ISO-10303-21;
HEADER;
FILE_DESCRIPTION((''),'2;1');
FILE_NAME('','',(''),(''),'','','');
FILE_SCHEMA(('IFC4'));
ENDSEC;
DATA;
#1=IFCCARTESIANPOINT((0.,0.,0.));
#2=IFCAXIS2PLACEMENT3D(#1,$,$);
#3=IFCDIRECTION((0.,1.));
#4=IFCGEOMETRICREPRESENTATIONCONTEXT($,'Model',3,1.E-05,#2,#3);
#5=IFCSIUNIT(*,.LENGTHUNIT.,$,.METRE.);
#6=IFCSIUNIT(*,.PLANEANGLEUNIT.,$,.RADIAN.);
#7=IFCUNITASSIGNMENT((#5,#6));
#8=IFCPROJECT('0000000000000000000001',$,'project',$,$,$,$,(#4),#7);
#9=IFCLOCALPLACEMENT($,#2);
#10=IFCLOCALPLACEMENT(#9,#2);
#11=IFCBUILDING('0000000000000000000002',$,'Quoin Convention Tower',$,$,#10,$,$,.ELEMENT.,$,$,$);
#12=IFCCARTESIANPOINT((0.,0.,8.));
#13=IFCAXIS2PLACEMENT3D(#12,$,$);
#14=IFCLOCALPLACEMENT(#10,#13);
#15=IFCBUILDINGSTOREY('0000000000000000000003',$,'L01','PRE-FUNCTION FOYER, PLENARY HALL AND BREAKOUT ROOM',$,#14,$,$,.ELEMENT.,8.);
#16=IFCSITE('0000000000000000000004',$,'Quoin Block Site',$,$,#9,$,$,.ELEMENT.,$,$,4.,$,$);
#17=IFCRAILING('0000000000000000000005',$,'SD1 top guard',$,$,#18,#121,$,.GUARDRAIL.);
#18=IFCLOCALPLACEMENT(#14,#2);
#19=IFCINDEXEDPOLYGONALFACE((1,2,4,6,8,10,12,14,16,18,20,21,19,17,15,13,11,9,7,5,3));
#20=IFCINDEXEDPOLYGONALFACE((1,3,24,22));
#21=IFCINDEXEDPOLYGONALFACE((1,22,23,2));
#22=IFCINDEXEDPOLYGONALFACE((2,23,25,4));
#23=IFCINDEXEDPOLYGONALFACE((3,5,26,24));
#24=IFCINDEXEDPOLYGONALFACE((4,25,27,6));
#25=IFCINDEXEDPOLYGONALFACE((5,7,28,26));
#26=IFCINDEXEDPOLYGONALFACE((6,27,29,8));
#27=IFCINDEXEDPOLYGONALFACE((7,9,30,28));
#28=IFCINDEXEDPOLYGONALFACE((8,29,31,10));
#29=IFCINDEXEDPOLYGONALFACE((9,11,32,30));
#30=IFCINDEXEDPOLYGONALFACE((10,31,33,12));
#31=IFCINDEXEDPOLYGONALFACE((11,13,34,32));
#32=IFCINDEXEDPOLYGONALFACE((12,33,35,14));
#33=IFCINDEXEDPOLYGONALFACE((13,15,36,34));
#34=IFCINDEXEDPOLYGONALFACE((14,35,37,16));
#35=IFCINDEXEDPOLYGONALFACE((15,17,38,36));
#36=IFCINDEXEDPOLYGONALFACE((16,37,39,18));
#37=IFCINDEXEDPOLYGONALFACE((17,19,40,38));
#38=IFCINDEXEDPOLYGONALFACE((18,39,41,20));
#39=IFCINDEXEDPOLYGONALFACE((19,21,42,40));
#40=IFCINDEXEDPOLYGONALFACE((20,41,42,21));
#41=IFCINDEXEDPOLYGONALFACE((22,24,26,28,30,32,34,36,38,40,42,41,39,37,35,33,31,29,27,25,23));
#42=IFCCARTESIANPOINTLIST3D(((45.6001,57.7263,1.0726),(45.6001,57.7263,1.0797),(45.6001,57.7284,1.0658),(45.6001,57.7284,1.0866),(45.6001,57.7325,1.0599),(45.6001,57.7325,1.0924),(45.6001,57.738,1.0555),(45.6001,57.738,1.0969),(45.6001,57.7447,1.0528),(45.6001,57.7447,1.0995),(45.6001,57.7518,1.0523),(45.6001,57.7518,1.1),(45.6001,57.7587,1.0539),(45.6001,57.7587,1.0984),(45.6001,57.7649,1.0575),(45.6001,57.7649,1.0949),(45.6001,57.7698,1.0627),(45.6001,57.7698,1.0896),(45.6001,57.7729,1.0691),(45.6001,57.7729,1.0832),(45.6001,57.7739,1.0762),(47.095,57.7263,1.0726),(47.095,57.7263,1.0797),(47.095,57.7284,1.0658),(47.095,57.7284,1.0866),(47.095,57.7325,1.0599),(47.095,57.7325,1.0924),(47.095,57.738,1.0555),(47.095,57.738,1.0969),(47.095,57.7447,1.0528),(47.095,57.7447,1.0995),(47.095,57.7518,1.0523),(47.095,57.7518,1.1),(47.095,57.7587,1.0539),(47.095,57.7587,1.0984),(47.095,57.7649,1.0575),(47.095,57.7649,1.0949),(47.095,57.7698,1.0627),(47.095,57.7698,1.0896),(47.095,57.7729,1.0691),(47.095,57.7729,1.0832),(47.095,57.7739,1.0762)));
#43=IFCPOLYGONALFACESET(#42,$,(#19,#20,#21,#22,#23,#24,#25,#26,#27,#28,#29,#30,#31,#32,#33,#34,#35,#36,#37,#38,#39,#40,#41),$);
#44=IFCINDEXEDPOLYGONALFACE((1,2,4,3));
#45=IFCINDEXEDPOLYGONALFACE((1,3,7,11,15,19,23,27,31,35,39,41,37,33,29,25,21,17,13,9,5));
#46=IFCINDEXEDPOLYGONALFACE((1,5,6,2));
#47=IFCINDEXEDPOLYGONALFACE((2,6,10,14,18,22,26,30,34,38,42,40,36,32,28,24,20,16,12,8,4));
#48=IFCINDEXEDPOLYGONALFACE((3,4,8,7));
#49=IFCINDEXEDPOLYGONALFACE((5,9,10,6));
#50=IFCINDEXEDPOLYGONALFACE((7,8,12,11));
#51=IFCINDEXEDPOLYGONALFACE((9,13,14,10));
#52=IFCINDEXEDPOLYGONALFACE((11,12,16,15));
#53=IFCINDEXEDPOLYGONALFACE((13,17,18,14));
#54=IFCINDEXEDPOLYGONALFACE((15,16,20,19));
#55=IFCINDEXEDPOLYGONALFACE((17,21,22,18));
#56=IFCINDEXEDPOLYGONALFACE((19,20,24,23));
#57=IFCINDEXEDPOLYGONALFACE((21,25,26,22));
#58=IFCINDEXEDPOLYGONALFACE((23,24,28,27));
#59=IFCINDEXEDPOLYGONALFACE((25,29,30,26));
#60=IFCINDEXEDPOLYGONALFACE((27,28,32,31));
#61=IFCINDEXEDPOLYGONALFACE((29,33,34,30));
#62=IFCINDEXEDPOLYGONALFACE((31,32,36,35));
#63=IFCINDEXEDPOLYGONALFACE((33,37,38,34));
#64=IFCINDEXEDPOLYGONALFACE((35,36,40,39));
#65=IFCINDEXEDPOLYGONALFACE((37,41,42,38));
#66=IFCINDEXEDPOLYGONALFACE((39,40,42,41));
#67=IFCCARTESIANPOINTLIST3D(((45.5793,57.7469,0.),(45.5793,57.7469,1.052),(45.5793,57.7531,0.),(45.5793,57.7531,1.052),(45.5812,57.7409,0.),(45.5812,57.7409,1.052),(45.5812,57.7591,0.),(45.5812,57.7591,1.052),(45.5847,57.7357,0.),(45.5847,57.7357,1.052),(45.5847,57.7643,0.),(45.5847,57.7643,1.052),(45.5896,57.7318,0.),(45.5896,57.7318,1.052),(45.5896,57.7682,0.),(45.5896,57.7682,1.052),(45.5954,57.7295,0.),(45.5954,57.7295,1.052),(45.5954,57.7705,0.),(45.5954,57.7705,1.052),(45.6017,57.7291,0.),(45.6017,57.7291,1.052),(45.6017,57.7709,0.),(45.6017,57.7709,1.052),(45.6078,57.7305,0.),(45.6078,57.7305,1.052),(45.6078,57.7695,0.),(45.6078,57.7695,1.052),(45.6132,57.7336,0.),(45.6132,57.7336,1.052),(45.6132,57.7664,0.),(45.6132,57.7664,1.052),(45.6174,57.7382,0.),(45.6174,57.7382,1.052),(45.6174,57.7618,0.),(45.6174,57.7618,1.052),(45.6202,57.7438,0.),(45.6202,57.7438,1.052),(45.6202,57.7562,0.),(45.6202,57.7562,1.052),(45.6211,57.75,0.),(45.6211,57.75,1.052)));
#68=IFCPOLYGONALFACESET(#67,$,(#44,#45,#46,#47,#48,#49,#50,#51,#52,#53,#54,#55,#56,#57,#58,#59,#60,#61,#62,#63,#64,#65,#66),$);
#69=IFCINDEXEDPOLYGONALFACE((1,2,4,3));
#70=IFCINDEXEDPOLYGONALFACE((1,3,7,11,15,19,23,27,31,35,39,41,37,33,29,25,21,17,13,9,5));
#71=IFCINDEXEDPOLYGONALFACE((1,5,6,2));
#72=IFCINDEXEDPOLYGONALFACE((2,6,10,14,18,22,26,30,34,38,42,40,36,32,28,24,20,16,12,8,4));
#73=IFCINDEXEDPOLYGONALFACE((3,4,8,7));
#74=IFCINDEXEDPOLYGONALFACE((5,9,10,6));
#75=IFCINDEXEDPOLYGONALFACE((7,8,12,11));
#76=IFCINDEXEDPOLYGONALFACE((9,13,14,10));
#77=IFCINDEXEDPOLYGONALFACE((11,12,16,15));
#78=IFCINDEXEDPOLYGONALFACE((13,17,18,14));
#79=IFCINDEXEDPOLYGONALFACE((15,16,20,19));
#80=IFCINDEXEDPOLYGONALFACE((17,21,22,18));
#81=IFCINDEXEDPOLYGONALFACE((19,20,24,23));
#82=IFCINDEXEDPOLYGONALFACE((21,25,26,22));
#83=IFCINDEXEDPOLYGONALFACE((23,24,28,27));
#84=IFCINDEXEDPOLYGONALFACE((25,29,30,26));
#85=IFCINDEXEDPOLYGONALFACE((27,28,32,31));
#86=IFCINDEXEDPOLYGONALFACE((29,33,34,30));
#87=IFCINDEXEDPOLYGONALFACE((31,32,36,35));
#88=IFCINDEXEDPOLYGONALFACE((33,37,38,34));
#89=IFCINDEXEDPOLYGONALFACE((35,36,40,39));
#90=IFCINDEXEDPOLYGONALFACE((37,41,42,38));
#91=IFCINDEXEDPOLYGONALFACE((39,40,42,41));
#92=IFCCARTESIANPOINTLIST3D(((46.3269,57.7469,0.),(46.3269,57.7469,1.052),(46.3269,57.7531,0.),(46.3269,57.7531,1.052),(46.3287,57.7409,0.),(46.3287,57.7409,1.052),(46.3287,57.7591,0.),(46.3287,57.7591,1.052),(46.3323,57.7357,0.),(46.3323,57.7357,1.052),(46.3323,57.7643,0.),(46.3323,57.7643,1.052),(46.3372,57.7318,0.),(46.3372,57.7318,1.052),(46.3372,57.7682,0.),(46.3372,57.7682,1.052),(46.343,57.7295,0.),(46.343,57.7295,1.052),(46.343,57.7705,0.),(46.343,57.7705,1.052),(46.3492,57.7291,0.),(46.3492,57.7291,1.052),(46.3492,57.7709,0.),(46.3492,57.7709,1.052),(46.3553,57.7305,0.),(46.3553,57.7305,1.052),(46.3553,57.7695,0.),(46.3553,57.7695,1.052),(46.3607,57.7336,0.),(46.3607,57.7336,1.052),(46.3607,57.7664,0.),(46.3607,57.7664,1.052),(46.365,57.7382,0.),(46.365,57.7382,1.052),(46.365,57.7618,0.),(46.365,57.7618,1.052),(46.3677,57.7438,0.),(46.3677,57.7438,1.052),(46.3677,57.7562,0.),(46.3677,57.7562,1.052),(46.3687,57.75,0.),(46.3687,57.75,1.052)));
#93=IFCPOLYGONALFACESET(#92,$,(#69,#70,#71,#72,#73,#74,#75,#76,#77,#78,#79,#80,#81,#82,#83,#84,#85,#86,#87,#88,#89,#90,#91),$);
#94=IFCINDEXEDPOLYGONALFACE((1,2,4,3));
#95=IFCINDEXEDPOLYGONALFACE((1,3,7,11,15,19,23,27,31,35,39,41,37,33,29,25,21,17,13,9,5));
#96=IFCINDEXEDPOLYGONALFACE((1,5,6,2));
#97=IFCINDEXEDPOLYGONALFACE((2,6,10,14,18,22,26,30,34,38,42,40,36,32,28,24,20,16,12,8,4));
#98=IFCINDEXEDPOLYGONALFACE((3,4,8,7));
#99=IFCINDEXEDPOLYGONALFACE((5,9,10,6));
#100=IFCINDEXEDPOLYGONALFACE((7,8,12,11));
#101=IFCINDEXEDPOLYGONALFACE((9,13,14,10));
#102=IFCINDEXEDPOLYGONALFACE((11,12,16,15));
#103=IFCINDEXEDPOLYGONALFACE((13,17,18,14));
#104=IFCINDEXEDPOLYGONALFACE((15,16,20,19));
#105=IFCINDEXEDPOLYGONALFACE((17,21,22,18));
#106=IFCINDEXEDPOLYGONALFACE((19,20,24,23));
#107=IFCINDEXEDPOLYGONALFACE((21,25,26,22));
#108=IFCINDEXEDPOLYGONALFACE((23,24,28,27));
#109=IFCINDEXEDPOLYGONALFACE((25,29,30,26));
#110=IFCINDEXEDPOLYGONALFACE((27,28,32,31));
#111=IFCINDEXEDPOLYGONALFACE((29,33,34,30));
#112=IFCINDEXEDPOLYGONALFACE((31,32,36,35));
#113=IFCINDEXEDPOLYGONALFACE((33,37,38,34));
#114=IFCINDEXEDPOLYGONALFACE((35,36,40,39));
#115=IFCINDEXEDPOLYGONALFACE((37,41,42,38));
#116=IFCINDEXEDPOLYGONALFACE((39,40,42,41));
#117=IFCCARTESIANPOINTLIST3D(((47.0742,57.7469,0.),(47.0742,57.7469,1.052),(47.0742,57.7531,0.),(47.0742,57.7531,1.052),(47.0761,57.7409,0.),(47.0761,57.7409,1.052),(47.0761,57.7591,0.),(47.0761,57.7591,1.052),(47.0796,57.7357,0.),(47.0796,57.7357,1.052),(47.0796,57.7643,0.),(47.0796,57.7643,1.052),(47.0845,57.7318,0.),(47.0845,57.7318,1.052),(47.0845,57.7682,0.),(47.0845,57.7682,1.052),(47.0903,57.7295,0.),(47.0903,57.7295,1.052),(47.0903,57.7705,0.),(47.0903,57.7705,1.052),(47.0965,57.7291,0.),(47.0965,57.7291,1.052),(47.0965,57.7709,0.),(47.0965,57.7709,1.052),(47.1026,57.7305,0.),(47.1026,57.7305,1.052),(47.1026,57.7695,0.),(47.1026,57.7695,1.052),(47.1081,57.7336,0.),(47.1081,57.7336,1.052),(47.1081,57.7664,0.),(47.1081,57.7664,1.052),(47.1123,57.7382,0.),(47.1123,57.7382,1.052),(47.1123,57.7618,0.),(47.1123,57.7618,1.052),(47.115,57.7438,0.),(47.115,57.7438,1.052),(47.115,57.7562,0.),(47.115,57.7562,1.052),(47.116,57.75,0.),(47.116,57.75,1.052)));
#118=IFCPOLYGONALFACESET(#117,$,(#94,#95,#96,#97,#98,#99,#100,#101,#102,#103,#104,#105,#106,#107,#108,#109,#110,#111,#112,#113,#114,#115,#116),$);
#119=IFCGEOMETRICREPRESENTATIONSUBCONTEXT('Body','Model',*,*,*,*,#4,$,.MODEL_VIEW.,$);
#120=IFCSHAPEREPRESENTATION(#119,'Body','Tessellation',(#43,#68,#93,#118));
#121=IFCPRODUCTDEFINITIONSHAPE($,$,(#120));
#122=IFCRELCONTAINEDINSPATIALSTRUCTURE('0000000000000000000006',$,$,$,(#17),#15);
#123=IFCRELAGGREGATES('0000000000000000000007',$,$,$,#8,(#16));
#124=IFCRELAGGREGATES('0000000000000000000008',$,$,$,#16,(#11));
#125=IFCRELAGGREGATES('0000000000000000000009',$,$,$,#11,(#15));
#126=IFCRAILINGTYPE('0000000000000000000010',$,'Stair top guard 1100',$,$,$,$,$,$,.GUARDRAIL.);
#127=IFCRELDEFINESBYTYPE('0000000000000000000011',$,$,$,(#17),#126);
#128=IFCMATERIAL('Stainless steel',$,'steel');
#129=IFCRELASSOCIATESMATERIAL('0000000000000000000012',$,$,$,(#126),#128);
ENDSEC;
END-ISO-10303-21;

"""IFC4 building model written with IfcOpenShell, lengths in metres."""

from ifc_helpers import new_model, si_unit, direction, frame, origin, origin_2d, place, context, subcontext, project, spatial, circle, extrude, material, type_object, element, save


model = new_model("IFC4")

# Units and contexts
model_context = context("Model", 3, precision=1e-05, world=origin(), true_north=direction((0.0, 1.0)))
body_context = subcontext(model_context, "Body", "Model", "MODEL_VIEW")
ifc_project = project(units=[si_unit("LENGTHUNIT", "METRE"), si_unit("PLANEANGLEUNIT", "RADIAN")], contexts=[model_context])

# Site, building, storey
site_placement = place(None, origin())
site = spatial("IfcSite", under=ifc_project, at=site_placement, Name="Quoin Block Site", CompositionType="ELEMENT", RefElevation=4.0)
building_placement = place(site_placement, origin())
building = spatial("IfcBuilding", under=site, at=building_placement, Name="Quoin Convention Tower", CompositionType="ELEMENT")
storey_placement = place(building_placement, frame((0.0, 0.0, 8.0)))
storey = spatial("IfcBuildingStorey", under=building, at=storey_placement, Name="L01", Description="PRE-FUNCTION FOYER, PLENARY HALL AND BREAKOUT ROOM", CompositionType="ELEMENT", Elevation=8.0)

# Railing
ifc_material_1 = material(Name="Stainless steel", Category="steel")
railing_type_1 = type_object("IfcRailingType", Name="Stair top guard 1100", PredefinedType="GUARDRAIL", material=ifc_material_1)
railing_1_placement = place(storey_placement, frame((45.6001, 57.75, 0.0)))
element("IfcRailing", 1, at=railing_1_placement, inside=storey, type_object=railing_type_1, Name="SD1 top guard", PredefinedType="GUARDRAIL", context=body_context, shape_type="SweptSolid", body=[
    extrude(circle(Radius=0.0239, at=origin_2d()), frame((0.0, 0.0, 1.0762), z_axis=(1.0, 0.0, 0.0), x_axis=(0.0, 1.0, 0.0)), (0.0, 0.0, 1.0), 1.4949),
    extrude(circle(Radius=0.021, at=origin_2d()), origin(), (0.0, 0.0, 1.0), 1.052),
    extrude(circle(Radius=0.021, at=origin_2d()), frame((0.7476, 0.0, 0.0)), (0.0, 0.0, 1.0), 1.052),
    extrude(circle(Radius=0.021, at=origin_2d()), frame((1.4949, 0.0, 0.0)), (0.0, 0.0, 1.0), 1.052),
])

save(model, "model.ifc")
